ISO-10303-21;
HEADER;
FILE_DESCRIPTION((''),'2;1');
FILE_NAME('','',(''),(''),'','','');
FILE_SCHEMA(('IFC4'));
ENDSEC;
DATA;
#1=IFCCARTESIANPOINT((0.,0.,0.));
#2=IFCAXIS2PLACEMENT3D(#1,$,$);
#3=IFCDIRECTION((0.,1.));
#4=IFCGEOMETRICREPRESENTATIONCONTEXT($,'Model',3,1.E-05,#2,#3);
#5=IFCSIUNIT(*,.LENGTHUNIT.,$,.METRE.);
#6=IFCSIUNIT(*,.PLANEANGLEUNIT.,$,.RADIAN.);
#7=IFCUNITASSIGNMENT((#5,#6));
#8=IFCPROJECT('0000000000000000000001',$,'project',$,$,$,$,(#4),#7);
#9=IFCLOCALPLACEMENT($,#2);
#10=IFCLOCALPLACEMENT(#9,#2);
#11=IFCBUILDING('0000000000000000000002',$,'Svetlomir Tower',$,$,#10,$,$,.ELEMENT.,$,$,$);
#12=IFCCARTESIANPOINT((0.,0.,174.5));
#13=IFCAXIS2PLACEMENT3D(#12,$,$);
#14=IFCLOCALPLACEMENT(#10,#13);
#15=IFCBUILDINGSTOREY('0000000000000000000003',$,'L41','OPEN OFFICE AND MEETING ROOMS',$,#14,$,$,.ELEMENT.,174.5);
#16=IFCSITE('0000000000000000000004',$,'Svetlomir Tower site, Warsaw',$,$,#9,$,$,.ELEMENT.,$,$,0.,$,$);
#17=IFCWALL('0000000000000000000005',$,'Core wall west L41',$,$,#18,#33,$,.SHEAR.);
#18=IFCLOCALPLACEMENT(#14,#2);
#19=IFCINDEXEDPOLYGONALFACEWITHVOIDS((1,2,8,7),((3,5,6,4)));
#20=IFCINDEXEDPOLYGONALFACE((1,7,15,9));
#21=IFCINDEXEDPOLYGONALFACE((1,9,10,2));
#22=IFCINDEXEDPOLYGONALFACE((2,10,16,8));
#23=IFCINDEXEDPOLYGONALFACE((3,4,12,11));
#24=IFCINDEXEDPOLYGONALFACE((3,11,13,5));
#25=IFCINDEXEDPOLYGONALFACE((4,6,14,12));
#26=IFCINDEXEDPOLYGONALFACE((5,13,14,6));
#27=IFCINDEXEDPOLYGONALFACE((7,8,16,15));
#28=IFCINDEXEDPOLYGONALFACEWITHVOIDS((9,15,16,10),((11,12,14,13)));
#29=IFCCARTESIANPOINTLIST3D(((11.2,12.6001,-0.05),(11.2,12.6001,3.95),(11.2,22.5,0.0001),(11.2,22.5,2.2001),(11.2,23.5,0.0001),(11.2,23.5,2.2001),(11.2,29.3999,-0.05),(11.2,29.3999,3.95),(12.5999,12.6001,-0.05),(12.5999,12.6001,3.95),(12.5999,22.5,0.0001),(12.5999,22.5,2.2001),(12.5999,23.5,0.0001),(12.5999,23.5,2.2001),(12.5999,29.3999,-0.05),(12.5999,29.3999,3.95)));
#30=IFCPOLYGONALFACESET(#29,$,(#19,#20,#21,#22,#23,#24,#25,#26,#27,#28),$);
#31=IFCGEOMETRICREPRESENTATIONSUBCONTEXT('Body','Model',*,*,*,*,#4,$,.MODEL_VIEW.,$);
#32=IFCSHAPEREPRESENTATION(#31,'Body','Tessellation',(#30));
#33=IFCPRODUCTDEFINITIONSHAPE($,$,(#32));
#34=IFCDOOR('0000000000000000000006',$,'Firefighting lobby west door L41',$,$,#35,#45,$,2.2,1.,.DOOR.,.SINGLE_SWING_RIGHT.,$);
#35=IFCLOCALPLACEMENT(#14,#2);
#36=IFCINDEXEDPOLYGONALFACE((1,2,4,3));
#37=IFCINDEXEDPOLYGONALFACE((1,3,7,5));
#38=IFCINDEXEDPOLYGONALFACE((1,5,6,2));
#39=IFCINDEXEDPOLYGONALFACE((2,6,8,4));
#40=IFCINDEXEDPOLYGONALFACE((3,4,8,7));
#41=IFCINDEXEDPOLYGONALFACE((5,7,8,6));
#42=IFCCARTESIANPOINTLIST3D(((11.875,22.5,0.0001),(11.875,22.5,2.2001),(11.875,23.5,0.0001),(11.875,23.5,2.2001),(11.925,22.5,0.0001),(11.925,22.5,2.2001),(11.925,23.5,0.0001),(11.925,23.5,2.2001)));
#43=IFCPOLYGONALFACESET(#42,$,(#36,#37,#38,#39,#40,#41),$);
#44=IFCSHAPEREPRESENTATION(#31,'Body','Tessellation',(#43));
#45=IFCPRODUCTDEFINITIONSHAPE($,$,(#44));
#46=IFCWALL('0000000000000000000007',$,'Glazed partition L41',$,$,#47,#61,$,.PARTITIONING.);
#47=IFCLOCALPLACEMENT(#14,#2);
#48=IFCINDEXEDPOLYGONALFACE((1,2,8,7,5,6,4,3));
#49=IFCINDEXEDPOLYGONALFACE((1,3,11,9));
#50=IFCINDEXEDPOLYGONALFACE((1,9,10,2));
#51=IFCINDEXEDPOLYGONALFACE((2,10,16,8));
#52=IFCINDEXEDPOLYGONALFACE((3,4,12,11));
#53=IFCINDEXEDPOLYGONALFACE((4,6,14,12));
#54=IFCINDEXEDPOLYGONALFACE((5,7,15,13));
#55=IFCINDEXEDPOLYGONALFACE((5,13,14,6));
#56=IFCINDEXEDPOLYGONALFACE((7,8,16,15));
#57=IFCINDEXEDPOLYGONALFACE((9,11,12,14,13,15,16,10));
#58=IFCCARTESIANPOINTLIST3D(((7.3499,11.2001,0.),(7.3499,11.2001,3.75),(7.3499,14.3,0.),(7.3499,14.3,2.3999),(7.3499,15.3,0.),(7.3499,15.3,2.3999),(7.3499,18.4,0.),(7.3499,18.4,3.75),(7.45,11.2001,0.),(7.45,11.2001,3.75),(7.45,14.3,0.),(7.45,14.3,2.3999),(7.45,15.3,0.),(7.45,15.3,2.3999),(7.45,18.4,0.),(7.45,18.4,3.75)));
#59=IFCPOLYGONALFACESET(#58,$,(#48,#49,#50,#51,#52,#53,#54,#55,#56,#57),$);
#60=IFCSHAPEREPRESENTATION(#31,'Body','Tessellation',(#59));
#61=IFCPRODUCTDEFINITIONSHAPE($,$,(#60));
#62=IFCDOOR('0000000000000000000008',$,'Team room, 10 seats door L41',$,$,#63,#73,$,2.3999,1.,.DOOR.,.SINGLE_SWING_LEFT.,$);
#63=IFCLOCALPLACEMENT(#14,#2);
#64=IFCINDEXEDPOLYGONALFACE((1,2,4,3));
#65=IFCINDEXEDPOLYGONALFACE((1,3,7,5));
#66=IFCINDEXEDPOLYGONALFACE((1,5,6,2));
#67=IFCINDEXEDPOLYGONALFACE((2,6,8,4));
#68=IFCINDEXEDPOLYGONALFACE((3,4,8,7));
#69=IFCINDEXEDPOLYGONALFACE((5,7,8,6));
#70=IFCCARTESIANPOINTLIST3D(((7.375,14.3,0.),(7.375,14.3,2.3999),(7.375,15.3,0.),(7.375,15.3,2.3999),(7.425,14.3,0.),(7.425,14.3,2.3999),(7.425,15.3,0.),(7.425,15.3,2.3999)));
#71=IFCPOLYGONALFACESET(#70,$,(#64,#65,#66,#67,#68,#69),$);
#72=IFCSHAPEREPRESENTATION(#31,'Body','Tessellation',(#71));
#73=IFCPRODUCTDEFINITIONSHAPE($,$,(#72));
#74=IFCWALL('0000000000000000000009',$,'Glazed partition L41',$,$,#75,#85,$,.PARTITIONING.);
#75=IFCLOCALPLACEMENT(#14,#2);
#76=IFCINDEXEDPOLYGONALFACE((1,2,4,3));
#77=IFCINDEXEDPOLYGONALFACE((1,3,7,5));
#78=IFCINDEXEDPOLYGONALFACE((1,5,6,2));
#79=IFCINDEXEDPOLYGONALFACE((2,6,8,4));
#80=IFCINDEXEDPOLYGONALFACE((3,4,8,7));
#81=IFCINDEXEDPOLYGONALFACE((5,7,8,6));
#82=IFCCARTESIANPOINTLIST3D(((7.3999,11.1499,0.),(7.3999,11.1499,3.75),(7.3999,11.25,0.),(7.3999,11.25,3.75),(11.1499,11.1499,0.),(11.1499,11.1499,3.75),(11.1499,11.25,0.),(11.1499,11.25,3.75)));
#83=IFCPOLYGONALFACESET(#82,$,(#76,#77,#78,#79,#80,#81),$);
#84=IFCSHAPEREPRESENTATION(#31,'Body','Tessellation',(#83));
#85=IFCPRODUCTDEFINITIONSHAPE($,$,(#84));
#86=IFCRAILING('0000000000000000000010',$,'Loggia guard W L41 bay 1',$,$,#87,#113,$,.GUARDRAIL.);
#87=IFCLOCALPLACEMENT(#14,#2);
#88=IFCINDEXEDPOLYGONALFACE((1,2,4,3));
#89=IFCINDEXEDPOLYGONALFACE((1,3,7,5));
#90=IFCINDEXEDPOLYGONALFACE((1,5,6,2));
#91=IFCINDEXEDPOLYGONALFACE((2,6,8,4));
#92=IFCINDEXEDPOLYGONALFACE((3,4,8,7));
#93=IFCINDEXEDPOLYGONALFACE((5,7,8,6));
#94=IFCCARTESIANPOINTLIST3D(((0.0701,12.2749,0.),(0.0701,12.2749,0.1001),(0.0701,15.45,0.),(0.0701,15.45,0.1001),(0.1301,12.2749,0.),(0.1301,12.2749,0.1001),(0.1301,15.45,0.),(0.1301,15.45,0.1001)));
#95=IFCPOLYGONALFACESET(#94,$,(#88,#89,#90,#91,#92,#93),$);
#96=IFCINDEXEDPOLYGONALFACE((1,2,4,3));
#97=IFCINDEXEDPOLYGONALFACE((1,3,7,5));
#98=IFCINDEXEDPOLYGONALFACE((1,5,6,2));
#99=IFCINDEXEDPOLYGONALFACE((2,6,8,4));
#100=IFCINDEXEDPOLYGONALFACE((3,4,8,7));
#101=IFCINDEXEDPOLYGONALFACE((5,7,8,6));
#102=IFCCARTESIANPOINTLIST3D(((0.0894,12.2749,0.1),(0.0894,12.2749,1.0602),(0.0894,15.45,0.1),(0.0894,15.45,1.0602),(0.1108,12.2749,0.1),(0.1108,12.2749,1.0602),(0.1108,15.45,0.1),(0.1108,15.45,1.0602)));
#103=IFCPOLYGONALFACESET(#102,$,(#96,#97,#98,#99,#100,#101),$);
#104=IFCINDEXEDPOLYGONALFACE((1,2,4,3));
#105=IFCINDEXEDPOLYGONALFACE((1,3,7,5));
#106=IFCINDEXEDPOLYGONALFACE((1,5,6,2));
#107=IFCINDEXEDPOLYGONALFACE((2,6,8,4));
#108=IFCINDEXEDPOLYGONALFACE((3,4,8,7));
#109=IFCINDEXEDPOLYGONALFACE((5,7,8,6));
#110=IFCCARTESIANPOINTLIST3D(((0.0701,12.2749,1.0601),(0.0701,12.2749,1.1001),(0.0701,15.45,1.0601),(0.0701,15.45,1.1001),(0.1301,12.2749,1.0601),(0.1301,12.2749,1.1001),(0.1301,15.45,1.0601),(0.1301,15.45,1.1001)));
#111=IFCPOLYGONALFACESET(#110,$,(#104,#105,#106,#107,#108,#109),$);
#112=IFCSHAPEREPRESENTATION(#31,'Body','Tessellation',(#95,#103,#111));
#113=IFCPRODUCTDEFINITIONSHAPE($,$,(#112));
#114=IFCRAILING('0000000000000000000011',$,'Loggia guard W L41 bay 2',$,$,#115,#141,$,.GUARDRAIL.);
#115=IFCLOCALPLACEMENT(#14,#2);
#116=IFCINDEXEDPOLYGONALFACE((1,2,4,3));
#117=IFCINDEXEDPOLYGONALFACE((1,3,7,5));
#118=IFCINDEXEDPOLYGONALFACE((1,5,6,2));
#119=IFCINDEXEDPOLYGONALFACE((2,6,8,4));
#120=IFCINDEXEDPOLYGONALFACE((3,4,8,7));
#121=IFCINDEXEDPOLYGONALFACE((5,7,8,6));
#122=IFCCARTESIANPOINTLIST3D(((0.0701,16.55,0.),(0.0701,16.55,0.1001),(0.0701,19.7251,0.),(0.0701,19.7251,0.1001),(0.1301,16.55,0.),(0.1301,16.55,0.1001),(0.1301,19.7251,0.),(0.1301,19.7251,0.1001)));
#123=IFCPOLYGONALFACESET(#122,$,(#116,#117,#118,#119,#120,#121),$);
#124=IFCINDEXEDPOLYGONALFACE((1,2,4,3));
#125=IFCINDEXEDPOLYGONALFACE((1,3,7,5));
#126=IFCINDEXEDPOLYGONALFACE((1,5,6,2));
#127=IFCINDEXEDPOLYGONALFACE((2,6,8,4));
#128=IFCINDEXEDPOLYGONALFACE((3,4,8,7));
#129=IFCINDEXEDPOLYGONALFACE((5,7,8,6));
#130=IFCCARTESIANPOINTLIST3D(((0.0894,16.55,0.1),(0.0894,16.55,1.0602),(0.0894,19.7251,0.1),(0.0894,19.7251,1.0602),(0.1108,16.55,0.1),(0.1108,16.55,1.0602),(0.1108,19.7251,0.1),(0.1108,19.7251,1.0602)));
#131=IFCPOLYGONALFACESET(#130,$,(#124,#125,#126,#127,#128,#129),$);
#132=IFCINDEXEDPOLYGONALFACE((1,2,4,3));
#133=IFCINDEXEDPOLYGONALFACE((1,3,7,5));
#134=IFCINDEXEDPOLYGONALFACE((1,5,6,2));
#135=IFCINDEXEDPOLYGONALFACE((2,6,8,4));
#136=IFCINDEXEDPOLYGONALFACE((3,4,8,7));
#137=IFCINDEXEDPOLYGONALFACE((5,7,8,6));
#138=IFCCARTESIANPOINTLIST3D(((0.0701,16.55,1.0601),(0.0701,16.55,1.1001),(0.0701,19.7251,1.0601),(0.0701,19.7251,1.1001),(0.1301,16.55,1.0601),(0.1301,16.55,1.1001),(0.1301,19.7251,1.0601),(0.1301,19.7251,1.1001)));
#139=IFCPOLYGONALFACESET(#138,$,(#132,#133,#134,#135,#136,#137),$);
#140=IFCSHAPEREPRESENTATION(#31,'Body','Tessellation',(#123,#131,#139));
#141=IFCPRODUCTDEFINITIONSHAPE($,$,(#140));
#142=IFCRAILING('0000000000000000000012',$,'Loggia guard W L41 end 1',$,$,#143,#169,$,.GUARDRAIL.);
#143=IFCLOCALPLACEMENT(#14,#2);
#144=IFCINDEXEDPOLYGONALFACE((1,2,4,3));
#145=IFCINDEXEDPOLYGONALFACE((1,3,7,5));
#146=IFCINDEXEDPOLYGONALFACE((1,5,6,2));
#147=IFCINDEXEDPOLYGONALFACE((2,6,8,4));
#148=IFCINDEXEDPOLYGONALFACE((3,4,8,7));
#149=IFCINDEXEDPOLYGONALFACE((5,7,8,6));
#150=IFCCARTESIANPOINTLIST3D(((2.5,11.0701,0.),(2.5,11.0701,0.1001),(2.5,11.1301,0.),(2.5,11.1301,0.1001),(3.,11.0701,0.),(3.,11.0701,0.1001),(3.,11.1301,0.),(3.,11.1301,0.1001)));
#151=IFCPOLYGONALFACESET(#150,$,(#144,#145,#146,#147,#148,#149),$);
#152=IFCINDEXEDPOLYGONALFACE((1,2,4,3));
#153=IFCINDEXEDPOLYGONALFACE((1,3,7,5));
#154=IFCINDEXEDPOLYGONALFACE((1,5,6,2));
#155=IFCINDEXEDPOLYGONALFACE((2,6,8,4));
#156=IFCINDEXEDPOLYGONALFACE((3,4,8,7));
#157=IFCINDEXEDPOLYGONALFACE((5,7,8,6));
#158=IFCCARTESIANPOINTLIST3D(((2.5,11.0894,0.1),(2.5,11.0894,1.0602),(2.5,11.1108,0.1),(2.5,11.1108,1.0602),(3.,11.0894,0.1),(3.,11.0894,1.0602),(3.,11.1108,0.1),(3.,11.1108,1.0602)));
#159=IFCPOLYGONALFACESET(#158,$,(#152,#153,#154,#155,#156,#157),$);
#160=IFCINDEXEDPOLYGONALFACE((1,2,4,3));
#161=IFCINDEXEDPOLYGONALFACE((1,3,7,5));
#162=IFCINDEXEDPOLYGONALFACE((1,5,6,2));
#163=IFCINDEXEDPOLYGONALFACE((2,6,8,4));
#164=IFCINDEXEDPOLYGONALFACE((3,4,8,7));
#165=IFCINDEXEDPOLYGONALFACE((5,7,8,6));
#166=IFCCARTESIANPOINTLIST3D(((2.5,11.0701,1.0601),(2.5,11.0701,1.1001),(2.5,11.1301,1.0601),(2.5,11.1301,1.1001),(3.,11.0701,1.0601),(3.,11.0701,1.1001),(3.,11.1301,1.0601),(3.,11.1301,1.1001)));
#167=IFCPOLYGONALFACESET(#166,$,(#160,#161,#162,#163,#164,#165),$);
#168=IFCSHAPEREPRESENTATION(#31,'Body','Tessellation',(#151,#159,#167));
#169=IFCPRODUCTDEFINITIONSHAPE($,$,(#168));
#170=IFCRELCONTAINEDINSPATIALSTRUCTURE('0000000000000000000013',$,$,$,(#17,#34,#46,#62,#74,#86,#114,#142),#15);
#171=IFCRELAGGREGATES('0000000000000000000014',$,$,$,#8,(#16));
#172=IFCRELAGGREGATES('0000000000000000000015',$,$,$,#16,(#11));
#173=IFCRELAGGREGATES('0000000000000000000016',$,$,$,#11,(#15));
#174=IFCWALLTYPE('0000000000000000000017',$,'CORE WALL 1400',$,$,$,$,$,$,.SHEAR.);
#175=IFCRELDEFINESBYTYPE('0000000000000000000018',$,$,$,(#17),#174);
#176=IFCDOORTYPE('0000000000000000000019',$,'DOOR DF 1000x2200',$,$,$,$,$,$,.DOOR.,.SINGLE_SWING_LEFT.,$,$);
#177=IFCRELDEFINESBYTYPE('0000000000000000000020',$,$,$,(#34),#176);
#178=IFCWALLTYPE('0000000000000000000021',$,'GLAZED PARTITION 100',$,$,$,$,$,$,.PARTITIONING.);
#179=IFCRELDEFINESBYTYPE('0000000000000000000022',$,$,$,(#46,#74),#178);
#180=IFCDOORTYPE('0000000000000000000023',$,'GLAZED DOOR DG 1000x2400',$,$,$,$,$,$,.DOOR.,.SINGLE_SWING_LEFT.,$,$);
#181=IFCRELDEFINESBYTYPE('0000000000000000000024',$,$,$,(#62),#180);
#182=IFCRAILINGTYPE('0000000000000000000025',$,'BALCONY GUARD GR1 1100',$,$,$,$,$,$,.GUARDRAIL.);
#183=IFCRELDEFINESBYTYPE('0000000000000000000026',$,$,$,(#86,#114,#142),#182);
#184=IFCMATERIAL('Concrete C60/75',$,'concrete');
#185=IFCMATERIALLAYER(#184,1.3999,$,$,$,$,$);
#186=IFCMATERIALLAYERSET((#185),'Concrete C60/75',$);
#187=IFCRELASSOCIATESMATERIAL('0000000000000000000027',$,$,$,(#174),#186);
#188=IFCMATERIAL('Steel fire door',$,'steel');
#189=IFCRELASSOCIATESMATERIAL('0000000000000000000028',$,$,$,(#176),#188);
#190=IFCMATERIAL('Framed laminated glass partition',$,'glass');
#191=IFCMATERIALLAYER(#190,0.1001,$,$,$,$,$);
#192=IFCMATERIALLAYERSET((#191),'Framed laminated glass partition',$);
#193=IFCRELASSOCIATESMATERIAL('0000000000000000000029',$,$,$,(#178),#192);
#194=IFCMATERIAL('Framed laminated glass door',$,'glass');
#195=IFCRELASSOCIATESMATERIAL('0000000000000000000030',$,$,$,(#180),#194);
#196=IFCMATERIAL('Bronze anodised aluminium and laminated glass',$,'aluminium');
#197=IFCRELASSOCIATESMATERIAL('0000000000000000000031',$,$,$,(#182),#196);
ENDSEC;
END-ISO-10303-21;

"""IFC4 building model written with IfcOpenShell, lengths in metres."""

from ifc_helpers import new_model, si_unit, direction, frame, frame_2d, origin, origin_2d, place, context, subcontext, project, spatial, rectangle, extrude, material, layer, layer_set, type_object, element, fill, save


model = new_model("IFC4")

# Units and contexts
model_context = context("Model", 3, precision=1e-05, world=origin(), true_north=direction((0.0, 1.0)))
body_context = subcontext(model_context, "Body", "Model", "MODEL_VIEW")
ifc_project = project(units=[si_unit("LENGTHUNIT", "METRE"), si_unit("PLANEANGLEUNIT", "RADIAN")], contexts=[model_context])

# Site, building, storey
site_placement = place(None, origin())
site = spatial("IfcSite", under=ifc_project, at=site_placement, Name="Svetlomir Tower site, Warsaw", CompositionType="ELEMENT", RefElevation=0.0)
building_placement = place(site_placement, origin())
building = spatial("IfcBuilding", under=site, at=building_placement, Name="Svetlomir Tower", CompositionType="ELEMENT")
storey_placement = place(building_placement, frame((0.0, 0.0, 174.5)))
storey = spatial("IfcBuildingStorey", under=building, at=storey_placement, Name="L41", Description="OPEN OFFICE AND MEETING ROOMS", CompositionType="ELEMENT", Elevation=174.5)

# Walls, openings, doors
ifc_material_1 = material(Name="Concrete C60/75", Category="concrete")
ifc_layer_1 = layer(ifc_material_1, 1.3999)
ifc_layer_set_1 = layer_set([ifc_layer_1], Name="Concrete C60/75")
wall_type_1 = type_object("IfcWallType", Name="CORE WALL 1400", PredefinedType="SHEAR", material=ifc_layer_set_1)
wall_1_placement = place(storey_placement, frame((11.8999, 12.6001, -0.05), z_axis=(0.0, 0.0, 1.0), x_axis=(0.0, 1.0, 0.0)))
wall_1 = element("IfcWall", 1, at=wall_1_placement, inside=storey, type_object=wall_type_1, Name="Core wall west L41", PredefinedType="SHEAR", context=body_context, shape_type="SweptSolid", body=[
    extrude(rectangle(XDim=16.7998, YDim=1.3999, at=frame_2d((8.3999, 0.0))), origin(), (0.0, 0.0, 1.0), 4.0),
])
opening_1_placement = place(wall_1_placement, frame((9.8999, 0.0, 0.05)))
opening_1 = element("IfcOpeningElement", 2, at=opening_1_placement, cuts=wall_1, PredefinedType="OPENING", context=body_context, shape_type="SweptSolid", body=[
    extrude(rectangle(XDim=1.0, YDim=2.2, at=frame_2d((0.5, 1.1001))), frame((0.0, 0.71, 0.0), z_axis=(0.0, -1.0, 0.0), x_axis=(1.0, 0.0, 0.0)), (0.0, 0.0, 1.0), 1.4199),
])
ifc_material_2 = material(Name="Steel fire door", Category="steel")
door_type_1 = type_object("IfcDoorType", Name="DOOR DF 1000x2200", OperationType="SINGLE_SWING_LEFT", PredefinedType="DOOR", material=ifc_material_2)
door_1_placement = place(opening_1_placement, origin())
door_1 = element("IfcDoor", 3, at=door_1_placement, inside=storey, type_object=door_type_1, Name="Firefighting lobby west door L41", OperationType="SINGLE_SWING_RIGHT", OverallHeight=2.2, OverallWidth=1.0, PredefinedType="DOOR", context=body_context, shape_type="SweptSolid", body=[
    extrude(rectangle(XDim=1.0, YDim=2.2, at=frame_2d((0.5, 1.1001))), frame((0.0, 0.0249, 0.0), z_axis=(0.0, -1.0, 0.0), x_axis=(1.0, 0.0, 0.0)), (0.0, 0.0, 1.0), 0.05),
])
fill(opening_1, door_1)
ifc_material_3 = material(Name="Framed laminated glass partition", Category="glass")
ifc_layer_2 = layer(ifc_material_3, 0.1001)
ifc_layer_set_2 = layer_set([ifc_layer_2], Name="Framed laminated glass partition")
wall_type_2 = type_object("IfcWallType", Name="GLAZED PARTITION 100", PredefinedType="PARTITIONING", material=ifc_layer_set_2)
wall_2_placement = place(storey_placement, frame((7.3999, 11.2, 0.0), z_axis=(0.0, 0.0, 1.0), x_axis=(0.0, 1.0, 0.0)))
wall_2 = element("IfcWall", 4, at=wall_2_placement, inside=storey, type_object=wall_type_2, Name="Glazed partition L41", PredefinedType="PARTITIONING", context=body_context, shape_type="SweptSolid", body=[
    extrude(rectangle(XDim=7.2, YDim=0.1001, at=frame_2d((3.6001, 0.0))), origin(), (0.0, 0.0, 1.0), 3.75),
])
opening_2_placement = place(wall_2_placement, frame((3.1001, 0.0, 0.0)))
opening_2 = element("IfcOpeningElement", 5, at=opening_2_placement, cuts=wall_2, PredefinedType="OPENING", context=body_context, shape_type="SweptSolid", body=[
    extrude(rectangle(XDim=1.0, YDim=2.3999, at=frame_2d((0.5, 1.2))), frame((0.0, 0.0601, 0.0), z_axis=(0.0, -1.0, 0.0), x_axis=(1.0, 0.0, 0.0)), (0.0, 0.0, 1.0), 0.1201),
])
ifc_material_4 = material(Name="Framed laminated glass door", Category="glass")
door_type_2 = type_object("IfcDoorType", Name="GLAZED DOOR DG 1000x2400", OperationType="SINGLE_SWING_LEFT", PredefinedType="DOOR", material=ifc_material_4)
door_2_placement = place(opening_2_placement, origin())
door_2 = element("IfcDoor", 6, at=door_2_placement, inside=storey, type_object=door_type_2, Name="Team room, 10 seats door L41", OperationType="SINGLE_SWING_LEFT", OverallHeight=2.3999, OverallWidth=1.0, PredefinedType="DOOR", context=body_context, shape_type="SweptSolid", body=[
    extrude(rectangle(XDim=1.0, YDim=2.3999, at=frame_2d((0.5, 1.2))), frame((0.0, 0.0249, 0.0), z_axis=(0.0, -1.0, 0.0), x_axis=(1.0, 0.0, 0.0)), (0.0, 0.0, 1.0), 0.05),
])
fill(opening_2, door_2)

# Wall
wall_3_placement = place(storey_placement, frame((7.3999, 11.2, 0.0), z_axis=(0.0, 0.0, 1.0), x_axis=(1.0, 0.0, 0.0)))
element("IfcWall", 7, at=wall_3_placement, inside=storey, type_object=wall_type_2, Name="Glazed partition L41", PredefinedType="PARTITIONING", context=body_context, shape_type="SweptSolid", body=[
    extrude(rectangle(XDim=3.75, YDim=0.1001, at=frame_2d((1.875, 0.0))), origin(), (0.0, 0.0, 1.0), 3.75),
])

# Railings
ifc_material_5 = material(Name="Bronze anodised aluminium and laminated glass", Category="aluminium")
railing_type = type_object("IfcRailingType", Name="BALCONY GUARD GR1 1100", PredefinedType="GUARDRAIL", material=ifc_material_5)
for number, where, name in (
    (8, (0.1001, 12.2749, 0.0), "Loggia guard W L41 bay 1"),
    (9, (0.1001, 16.55, 0.0), "Loggia guard W L41 bay 2"),
):
    element("IfcRailing", number, at=place(storey_placement, frame(where)), inside=storey, type_object=railing_type, Name=name, PredefinedType="GUARDRAIL", context=body_context, shape_type="SweptSolid", body=[
        extrude(rectangle(XDim=0.0601, YDim=0.1001, at=origin_2d()), frame((0.0, 0.0, 0.05), z_axis=(0.0, 1.0, 0.0), x_axis=(-1.0, 0.0, 0.0)), (0.0, 0.0, 1.0), 3.175),
        extrude(rectangle(XDim=0.0215, YDim=0.9602, at=origin_2d()), frame((0.0, 0.0, 0.5801), z_axis=(0.0, 1.0, 0.0), x_axis=(-1.0, 0.0, 0.0)), (0.0, 0.0, 1.0), 3.175),
        extrude(rectangle(XDim=0.0601, YDim=0.04, at=origin_2d()), frame((0.0, 0.0, 1.0801), z_axis=(0.0, 1.0, 0.0), x_axis=(-1.0, 0.0, 0.0)), (0.0, 0.0, 1.0), 3.175),
    ])
railing_placement = place(storey_placement, frame((2.5, 11.1001, 0.0)))
element("IfcRailing", 10, at=railing_placement, inside=storey, type_object=railing_type, Name="Loggia guard W L41 end 1", PredefinedType="GUARDRAIL", context=body_context, shape_type="SweptSolid", body=[
    extrude(rectangle(XDim=0.0601, YDim=0.1001, at=origin_2d()), frame((0.0, 0.0, 0.05), z_axis=(1.0, 0.0, 0.0), x_axis=(0.0, 1.0, 0.0)), (0.0, 0.0, 1.0), 0.5),
    extrude(rectangle(XDim=0.0215, YDim=0.9602, at=origin_2d()), frame((0.0, 0.0, 0.5801), z_axis=(1.0, 0.0, 0.0), x_axis=(0.0, 1.0, 0.0)), (0.0, 0.0, 1.0), 0.5),
    extrude(rectangle(XDim=0.0601, YDim=0.04, at=origin_2d()), frame((0.0, 0.0, 1.0801), z_axis=(1.0, 0.0, 0.0), x_axis=(0.0, 1.0, 0.0)), (0.0, 0.0, 1.0), 0.5),
])

save(model, "model.ifc")
